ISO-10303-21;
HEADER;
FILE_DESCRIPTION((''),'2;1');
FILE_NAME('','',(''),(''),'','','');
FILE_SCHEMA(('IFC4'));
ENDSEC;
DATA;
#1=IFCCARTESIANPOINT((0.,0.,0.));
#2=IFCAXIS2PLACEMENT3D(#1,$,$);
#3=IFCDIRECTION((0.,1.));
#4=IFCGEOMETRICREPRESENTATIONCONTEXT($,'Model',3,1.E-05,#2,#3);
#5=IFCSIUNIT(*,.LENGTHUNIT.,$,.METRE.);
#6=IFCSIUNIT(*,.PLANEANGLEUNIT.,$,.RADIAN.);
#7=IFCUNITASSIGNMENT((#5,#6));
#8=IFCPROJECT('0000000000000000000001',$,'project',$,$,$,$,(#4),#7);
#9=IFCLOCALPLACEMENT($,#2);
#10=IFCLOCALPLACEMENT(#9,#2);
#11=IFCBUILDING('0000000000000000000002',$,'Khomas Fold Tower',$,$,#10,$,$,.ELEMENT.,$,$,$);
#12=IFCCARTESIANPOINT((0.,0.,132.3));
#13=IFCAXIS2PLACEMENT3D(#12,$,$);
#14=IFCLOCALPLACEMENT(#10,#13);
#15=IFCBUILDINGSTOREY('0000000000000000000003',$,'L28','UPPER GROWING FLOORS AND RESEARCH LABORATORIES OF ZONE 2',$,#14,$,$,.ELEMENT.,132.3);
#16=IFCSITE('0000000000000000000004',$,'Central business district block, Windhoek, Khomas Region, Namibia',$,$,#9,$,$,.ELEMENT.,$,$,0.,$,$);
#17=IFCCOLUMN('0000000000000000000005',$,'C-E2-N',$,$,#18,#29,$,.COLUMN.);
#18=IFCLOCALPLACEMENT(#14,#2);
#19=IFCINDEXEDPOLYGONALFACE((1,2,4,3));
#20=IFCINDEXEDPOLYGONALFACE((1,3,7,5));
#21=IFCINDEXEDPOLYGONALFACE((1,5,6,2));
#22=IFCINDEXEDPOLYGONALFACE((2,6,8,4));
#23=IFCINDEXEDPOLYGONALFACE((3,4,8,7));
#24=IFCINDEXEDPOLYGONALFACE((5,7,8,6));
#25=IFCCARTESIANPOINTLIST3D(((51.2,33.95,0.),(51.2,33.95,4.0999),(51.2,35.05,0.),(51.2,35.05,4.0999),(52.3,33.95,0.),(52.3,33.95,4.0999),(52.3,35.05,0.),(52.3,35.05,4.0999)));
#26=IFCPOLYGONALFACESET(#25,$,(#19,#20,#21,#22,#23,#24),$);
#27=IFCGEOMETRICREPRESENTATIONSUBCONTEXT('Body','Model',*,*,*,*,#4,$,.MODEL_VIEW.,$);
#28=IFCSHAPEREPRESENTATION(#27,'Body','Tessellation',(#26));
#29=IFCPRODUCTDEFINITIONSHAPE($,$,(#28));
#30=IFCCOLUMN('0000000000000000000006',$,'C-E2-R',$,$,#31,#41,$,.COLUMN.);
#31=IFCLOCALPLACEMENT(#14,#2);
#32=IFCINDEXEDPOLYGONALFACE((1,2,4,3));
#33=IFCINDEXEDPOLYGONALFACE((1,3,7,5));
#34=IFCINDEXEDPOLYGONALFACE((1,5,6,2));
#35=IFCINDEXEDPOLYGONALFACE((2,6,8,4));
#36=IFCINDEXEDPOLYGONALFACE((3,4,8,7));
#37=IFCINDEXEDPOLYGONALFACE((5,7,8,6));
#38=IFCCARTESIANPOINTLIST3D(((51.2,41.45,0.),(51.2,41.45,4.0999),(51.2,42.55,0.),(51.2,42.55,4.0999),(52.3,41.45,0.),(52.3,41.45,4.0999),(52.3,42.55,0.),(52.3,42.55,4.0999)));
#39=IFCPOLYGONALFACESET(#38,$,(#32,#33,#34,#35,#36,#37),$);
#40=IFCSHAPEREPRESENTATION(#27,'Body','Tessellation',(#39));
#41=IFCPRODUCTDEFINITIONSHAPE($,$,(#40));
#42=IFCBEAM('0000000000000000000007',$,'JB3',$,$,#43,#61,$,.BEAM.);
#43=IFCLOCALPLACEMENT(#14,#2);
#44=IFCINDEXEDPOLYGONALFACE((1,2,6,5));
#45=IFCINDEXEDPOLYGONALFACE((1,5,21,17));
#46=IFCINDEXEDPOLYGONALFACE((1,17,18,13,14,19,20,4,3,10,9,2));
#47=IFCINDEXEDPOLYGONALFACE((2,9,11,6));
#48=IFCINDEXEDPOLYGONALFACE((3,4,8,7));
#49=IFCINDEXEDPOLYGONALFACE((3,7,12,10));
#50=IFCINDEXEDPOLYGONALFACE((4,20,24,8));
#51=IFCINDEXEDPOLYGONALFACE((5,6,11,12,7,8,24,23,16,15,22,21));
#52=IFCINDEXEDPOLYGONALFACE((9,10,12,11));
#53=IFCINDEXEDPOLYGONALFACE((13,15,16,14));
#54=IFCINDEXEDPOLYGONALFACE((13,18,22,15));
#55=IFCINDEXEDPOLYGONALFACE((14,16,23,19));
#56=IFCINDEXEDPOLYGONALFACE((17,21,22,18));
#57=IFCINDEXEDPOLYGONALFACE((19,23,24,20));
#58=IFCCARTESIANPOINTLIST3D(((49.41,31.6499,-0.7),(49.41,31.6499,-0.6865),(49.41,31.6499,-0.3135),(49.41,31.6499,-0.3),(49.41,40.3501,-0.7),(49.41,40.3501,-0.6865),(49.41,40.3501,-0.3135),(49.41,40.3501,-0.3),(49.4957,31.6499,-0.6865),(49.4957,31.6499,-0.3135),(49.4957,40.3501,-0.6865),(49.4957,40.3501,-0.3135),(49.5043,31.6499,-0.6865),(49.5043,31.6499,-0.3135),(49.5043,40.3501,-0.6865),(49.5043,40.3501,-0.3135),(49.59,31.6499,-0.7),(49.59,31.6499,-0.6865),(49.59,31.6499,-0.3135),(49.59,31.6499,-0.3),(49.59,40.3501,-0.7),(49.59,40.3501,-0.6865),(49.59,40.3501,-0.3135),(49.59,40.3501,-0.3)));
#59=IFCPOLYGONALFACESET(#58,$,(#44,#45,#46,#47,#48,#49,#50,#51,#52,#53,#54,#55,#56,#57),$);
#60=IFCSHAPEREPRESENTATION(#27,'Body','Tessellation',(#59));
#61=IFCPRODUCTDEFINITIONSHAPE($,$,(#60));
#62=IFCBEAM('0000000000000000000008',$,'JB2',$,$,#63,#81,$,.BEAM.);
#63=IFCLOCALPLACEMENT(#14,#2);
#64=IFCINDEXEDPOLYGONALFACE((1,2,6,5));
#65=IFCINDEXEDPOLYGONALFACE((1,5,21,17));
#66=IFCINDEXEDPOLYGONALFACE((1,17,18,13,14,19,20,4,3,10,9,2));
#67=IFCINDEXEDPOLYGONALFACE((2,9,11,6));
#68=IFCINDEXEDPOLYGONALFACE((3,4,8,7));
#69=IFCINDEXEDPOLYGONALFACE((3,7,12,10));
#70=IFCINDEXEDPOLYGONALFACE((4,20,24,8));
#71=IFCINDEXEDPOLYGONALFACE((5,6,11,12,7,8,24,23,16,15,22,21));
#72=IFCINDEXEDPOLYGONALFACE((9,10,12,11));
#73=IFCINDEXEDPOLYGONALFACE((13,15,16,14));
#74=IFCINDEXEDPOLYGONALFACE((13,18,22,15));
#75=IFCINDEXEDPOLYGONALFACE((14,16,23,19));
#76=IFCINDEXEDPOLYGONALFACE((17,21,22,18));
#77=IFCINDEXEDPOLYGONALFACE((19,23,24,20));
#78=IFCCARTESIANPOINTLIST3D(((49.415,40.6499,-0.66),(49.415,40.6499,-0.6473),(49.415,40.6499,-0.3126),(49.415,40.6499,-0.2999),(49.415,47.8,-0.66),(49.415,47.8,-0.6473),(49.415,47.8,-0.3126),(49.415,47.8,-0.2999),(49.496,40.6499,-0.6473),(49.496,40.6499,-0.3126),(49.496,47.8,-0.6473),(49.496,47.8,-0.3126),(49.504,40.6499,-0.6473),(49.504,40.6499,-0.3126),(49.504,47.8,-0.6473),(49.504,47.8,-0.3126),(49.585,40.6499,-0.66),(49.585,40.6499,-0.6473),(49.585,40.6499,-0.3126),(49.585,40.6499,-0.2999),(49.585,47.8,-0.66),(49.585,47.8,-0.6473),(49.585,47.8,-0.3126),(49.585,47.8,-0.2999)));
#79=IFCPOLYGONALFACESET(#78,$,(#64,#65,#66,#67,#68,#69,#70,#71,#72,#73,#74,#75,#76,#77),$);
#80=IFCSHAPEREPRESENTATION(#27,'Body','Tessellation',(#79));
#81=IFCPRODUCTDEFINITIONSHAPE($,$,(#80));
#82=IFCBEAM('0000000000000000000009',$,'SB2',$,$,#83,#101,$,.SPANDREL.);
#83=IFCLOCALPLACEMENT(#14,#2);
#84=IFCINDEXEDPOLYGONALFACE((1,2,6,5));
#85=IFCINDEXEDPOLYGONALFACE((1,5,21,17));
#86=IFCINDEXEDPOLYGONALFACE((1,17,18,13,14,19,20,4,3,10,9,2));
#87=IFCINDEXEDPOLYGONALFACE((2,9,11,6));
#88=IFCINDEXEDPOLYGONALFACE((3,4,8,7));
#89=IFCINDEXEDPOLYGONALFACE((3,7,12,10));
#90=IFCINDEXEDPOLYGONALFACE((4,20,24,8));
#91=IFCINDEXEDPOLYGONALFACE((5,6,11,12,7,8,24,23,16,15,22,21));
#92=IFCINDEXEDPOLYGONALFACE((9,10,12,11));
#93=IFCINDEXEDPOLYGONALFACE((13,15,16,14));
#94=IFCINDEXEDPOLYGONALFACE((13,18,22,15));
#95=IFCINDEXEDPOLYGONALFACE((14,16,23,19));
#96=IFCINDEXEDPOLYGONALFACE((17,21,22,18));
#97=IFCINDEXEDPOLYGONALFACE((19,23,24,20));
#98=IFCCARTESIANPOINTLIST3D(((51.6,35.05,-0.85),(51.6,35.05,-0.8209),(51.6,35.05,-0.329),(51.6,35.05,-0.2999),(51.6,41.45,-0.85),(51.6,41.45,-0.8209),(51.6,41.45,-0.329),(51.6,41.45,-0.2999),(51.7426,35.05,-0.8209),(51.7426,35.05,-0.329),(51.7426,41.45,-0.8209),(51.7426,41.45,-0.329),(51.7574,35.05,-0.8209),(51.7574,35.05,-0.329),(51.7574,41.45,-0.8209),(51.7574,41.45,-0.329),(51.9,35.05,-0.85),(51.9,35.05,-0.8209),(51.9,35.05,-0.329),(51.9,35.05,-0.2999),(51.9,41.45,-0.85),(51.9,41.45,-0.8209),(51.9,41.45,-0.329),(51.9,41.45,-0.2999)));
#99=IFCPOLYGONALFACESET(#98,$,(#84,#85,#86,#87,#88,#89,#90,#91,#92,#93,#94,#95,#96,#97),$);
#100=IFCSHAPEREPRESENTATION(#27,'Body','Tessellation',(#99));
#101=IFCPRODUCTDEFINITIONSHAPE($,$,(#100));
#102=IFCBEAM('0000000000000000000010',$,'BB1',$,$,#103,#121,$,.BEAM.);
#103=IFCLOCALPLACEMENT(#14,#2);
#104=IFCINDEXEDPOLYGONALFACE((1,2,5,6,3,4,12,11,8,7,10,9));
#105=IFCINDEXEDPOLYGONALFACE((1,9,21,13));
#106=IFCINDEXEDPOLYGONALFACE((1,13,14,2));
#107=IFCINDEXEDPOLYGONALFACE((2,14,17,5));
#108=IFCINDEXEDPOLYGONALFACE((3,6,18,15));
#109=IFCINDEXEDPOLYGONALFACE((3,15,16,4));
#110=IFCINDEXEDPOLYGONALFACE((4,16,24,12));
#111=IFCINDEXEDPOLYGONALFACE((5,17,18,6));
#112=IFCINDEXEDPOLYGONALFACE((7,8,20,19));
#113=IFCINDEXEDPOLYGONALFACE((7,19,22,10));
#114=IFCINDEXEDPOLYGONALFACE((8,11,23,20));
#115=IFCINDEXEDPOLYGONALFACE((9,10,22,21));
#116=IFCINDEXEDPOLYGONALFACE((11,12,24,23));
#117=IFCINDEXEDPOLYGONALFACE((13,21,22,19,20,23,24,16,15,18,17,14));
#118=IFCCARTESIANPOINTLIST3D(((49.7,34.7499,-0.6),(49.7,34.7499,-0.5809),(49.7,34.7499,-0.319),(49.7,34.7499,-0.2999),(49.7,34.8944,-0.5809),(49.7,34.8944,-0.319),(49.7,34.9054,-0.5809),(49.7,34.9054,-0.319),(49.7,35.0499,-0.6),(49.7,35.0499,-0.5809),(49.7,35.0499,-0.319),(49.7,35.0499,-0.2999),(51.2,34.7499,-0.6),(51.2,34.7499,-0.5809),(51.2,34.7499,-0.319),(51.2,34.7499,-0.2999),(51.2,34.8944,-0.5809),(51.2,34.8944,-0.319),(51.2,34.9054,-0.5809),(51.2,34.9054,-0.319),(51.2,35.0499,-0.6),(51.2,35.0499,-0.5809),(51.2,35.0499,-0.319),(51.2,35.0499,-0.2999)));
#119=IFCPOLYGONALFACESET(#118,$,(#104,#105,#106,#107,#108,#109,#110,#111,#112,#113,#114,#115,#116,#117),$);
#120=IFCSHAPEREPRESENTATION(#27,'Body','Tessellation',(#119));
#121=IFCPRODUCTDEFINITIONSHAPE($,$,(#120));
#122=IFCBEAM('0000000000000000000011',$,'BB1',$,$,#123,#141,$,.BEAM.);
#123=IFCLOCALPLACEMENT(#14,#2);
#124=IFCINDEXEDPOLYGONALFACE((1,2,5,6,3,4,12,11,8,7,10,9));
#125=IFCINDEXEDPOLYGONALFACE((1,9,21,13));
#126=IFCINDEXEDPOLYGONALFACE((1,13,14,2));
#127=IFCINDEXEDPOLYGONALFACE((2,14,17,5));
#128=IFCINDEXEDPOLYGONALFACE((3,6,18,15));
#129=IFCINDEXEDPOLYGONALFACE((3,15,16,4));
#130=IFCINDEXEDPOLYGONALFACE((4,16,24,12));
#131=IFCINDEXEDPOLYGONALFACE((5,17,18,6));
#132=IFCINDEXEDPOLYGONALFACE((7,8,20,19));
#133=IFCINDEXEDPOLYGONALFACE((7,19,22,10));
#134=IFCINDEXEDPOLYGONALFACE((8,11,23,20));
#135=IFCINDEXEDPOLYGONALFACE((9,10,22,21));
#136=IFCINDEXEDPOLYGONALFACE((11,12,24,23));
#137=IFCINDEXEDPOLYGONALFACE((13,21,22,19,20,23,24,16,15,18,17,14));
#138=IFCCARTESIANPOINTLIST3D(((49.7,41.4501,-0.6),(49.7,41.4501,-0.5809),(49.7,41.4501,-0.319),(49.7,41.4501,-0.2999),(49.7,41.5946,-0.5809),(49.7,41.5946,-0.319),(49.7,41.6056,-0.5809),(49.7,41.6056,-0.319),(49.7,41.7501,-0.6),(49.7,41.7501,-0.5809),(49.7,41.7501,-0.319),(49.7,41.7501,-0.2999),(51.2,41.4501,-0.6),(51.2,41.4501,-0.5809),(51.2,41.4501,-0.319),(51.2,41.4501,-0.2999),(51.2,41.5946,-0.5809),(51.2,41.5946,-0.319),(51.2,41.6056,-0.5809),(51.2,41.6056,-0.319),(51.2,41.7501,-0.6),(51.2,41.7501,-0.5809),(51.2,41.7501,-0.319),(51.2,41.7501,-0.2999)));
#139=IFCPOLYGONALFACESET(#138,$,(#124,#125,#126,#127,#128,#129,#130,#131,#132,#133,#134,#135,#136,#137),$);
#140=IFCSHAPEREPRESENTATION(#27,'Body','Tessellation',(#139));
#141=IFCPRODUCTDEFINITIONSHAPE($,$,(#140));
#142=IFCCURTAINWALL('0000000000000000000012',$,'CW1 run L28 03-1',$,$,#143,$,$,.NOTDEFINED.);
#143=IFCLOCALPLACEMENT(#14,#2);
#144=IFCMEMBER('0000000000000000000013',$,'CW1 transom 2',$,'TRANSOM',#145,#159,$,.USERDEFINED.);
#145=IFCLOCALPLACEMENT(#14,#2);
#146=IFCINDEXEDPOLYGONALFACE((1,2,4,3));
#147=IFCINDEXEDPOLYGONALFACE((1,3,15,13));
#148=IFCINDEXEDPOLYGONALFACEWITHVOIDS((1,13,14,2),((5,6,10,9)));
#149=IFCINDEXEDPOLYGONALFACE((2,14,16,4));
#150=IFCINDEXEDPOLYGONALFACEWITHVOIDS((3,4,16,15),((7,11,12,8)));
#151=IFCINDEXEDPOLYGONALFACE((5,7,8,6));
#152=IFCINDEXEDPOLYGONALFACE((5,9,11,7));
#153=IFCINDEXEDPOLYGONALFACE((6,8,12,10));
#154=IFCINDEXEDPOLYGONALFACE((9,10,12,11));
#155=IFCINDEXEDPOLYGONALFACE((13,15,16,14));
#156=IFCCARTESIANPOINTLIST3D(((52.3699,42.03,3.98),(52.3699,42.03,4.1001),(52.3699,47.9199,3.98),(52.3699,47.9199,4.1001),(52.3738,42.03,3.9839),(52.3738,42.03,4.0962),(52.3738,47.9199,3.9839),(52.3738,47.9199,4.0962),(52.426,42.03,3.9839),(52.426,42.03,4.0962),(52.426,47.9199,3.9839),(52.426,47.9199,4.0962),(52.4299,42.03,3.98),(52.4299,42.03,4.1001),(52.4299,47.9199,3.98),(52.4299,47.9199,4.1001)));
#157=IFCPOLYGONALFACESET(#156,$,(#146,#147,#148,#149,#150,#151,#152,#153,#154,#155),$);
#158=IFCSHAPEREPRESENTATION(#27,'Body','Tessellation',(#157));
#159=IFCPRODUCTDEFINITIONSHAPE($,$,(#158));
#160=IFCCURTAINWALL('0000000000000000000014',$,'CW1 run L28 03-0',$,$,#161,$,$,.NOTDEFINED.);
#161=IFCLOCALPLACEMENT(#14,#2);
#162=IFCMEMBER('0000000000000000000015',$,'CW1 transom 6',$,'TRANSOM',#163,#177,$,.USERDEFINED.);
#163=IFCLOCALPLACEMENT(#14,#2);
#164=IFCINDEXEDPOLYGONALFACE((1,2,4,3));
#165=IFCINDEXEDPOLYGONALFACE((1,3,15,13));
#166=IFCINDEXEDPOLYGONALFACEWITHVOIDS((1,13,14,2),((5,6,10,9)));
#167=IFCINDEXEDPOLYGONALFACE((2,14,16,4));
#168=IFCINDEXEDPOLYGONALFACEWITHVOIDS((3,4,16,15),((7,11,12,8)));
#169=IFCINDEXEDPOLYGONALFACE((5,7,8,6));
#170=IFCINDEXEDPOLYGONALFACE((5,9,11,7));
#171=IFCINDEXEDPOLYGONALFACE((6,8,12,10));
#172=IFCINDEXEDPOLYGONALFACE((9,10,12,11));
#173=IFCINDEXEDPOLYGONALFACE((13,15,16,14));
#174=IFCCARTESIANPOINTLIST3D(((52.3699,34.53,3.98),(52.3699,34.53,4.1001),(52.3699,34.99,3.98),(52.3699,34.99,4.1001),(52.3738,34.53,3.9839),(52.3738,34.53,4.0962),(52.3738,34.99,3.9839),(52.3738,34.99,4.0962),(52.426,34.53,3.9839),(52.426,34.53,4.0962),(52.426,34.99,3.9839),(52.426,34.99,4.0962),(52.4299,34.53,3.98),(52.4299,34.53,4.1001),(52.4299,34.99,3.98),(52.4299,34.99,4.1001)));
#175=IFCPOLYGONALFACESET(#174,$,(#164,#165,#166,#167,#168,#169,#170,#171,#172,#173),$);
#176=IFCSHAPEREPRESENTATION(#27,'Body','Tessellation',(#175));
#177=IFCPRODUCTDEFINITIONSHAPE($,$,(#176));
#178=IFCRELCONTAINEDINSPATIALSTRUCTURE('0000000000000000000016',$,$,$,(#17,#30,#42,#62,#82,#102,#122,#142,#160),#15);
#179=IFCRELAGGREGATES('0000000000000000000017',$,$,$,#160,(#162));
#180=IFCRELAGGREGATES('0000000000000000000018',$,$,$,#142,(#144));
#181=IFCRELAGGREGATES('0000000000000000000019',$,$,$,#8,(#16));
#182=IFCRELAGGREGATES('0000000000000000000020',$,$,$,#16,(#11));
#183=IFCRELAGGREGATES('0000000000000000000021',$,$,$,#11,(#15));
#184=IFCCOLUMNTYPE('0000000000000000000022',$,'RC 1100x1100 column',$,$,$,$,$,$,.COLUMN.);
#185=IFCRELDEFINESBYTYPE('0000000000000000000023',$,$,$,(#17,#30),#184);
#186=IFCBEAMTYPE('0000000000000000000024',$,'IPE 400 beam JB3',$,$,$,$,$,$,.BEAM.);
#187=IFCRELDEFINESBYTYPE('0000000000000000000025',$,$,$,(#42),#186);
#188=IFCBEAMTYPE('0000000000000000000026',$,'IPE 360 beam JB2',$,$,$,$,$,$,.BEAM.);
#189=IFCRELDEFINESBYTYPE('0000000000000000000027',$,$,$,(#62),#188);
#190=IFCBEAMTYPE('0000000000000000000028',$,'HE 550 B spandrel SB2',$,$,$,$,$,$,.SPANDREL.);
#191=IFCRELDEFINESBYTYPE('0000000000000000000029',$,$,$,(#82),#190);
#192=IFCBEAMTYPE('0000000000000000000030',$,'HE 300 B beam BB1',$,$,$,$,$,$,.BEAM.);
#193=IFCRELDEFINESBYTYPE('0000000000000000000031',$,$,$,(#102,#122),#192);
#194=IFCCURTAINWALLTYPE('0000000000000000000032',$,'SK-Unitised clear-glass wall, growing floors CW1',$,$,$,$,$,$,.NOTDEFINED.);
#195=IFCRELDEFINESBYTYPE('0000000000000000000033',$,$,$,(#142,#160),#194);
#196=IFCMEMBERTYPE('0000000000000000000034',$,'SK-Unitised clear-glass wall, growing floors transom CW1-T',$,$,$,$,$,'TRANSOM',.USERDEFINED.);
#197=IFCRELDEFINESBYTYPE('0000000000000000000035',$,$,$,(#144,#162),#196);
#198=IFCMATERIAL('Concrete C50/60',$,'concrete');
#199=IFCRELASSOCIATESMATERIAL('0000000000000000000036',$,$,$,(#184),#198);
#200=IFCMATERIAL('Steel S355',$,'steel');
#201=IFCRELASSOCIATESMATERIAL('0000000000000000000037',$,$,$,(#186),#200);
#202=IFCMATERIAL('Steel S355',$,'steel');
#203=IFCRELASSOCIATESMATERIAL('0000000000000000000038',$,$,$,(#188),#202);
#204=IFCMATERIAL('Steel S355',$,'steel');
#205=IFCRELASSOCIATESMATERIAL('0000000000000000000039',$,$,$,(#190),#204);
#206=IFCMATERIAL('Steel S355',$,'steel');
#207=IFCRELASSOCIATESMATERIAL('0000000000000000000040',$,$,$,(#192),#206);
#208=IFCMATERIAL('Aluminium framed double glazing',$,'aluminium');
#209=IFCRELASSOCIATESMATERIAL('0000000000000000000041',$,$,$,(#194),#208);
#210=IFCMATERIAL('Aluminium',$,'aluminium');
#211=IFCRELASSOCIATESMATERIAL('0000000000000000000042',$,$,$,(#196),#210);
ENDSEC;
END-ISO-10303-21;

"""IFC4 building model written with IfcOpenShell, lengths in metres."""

from ifc_helpers import new_model, si_unit, direction, frame, origin, origin_2d, place, context, subcontext, project, spatial, rectangle, hollow_rectangle, i_section, extrude, source, transform, mapped, material, material_profile, profile_set, type_object, element, aggregate, save


model = new_model("IFC4")

# Units and contexts
model_context = context("Model", 3, precision=1e-05, world=origin(), true_north=direction((0.0, 1.0)))
body_context = subcontext(model_context, "Body", "Model", "MODEL_VIEW")
ifc_project = project(units=[si_unit("LENGTHUNIT", "METRE"), si_unit("PLANEANGLEUNIT", "RADIAN")], contexts=[model_context])

# Site, building, storey
site_placement = place(None, origin())
site = spatial("IfcSite", under=ifc_project, at=site_placement, Name="Central business district block, Windhoek, Khomas Region, Namibia", CompositionType="ELEMENT", RefElevation=0.0)
building_placement = place(site_placement, origin())
building = spatial("IfcBuilding", under=site, at=building_placement, Name="Khomas Fold Tower", CompositionType="ELEMENT")
storey_placement = place(building_placement, frame((0.0, 0.0, 132.3)))
storey = spatial("IfcBuildingStorey", under=building, at=storey_placement, Name="L28", Description="UPPER GROWING FLOORS AND RESEARCH LABORATORIES OF ZONE 2", CompositionType="ELEMENT", Elevation=132.3)

# Columns
ifc_material_1 = material(Name="Concrete C50/60", Category="concrete")
ifc_material_profile_1 = material_profile(ifc_material_1, rectangle(XDim=1.1001, YDim=1.1001, at=origin_2d()), Name="RC 1100x1100")
ifc_profile_set_1 = profile_set([ifc_material_profile_1], Name="Concrete C50/60")
column_type = type_object("IfcColumnType", Name="RC 1100x1100 column", PredefinedType="COLUMN", material=ifc_profile_set_1)
shared_shape_1 = source(origin(), body_context, "Body", "SweptSolid", [
    extrude(rectangle(XDim=1.1001, YDim=1.1001, at=origin_2d()), origin(), (0.0, 0.0, 1.0), 4.0999),
])
for number, where, z_axis, x_axis, name in (
    (1, (51.75, 34.5, 0.0), (0.0, 0.0, 1.0), (1.0, 0.0, 0.0), "C-E2-N"),
    (2, (51.75, 42.0, 0.0), (0.0, 0.0, 1.0), (1.0, 0.0, 0.0), "C-E2-R"),
):
    element("IfcColumn", number, at=place(storey_placement, frame(where, z_axis=z_axis, x_axis=x_axis)), inside=storey, type_object=column_type, Name=name, PredefinedType="COLUMN", context=body_context, shape_type="MappedRepresentation", body=[
        mapped(shared_shape_1, transform((0.0, 0.0, 0.0))),
    ])

# Beams
ifc_material_2 = material(Name="Steel S355", Category="steel")
ifc_material_profile_2 = material_profile(ifc_material_2, i_section(OverallWidth=0.1799, OverallDepth=0.3999, WebThickness=0.0085, FlangeThickness=0.0134, at=origin_2d()), Name="IPE 400")
ifc_profile_set_2 = profile_set([ifc_material_profile_2], Name="Steel S355")
beam_type_1 = type_object("IfcBeamType", Name="IPE 400 beam JB3", PredefinedType="BEAM", material=ifc_profile_set_2)
shared_shape_2 = source(origin(), body_context, "Body", "SweptSolid", [
    extrude(i_section(OverallWidth=0.1799, OverallDepth=0.3999, WebThickness=0.0085, FlangeThickness=0.0134, at=origin_2d()), origin(), (0.0, 0.0, 1.0), 8.7002),
])
beam_1_placement = place(storey_placement, frame((49.5, 31.6499, -0.5), z_axis=(0.0, 1.0, 0.0), x_axis=(-1.0, 0.0, 0.0)))
element("IfcBeam", 3, at=beam_1_placement, inside=storey, type_object=beam_type_1, Name="JB3", PredefinedType="BEAM", context=body_context, shape_type="MappedRepresentation", body=[
    mapped(shared_shape_2, transform((0.0, 0.0, 0.0))),
])
ifc_material_3 = material(Name="Steel S355", Category="steel")
ifc_material_profile_3 = material_profile(ifc_material_3, i_section(OverallWidth=0.1699, OverallDepth=0.3601, WebThickness=0.0081, FlangeThickness=0.0127, at=origin_2d()), Name="IPE 360")
ifc_profile_set_3 = profile_set([ifc_material_profile_3], Name="Steel S355")
beam_type_2 = type_object("IfcBeamType", Name="IPE 360 beam JB2", PredefinedType="BEAM", material=ifc_profile_set_3)
shared_shape_3 = source(origin(), body_context, "Body", "SweptSolid", [
    extrude(i_section(OverallWidth=0.1699, OverallDepth=0.3601, WebThickness=0.0081, FlangeThickness=0.0127, at=origin_2d()), origin(), (0.0, 0.0, 1.0), 7.1501),
])
beam_2_placement = place(storey_placement, frame((49.5, 40.6499, -0.48), z_axis=(0.0, 1.0, 0.0), x_axis=(-1.0, 0.0, 0.0)))
element("IfcBeam", 4, at=beam_2_placement, inside=storey, type_object=beam_type_2, Name="JB2", PredefinedType="BEAM", context=body_context, shape_type="MappedRepresentation", body=[
    mapped(shared_shape_3, transform((0.0, 0.0, 0.0))),
])
ifc_material_4 = material(Name="Steel S355", Category="steel")
ifc_material_profile_4 = material_profile(ifc_material_4, i_section(OverallWidth=0.3, OverallDepth=0.55, WebThickness=0.0149, FlangeThickness=0.0291, at=origin_2d()), Name="HE 550 B")
ifc_profile_set_4 = profile_set([ifc_material_profile_4], Name="Steel S355")
beam_type_3 = type_object("IfcBeamType", Name="HE 550 B spandrel SB2", PredefinedType="SPANDREL", material=ifc_profile_set_4)
shared_shape_4 = source(origin(), body_context, "Body", "SweptSolid", [
    extrude(i_section(OverallWidth=0.3, OverallDepth=0.55, WebThickness=0.0149, FlangeThickness=0.0291, at=origin_2d()), origin(), (0.0, 0.0, 1.0), 6.3999),
])
beam_3_placement = place(storey_placement, frame((51.75, 35.05, -0.575), z_axis=(0.0, 1.0, 0.0), x_axis=(-1.0, 0.0, 0.0)))
element("IfcBeam", 5, at=beam_3_placement, inside=storey, type_object=beam_type_3, Name="SB2", PredefinedType="SPANDREL", context=body_context, shape_type="MappedRepresentation", body=[
    mapped(shared_shape_4, transform((0.0, 0.0, 0.0))),
])
ifc_material_5 = material(Name="Steel S355", Category="steel")
ifc_material_profile_5 = material_profile(ifc_material_5, i_section(OverallWidth=0.3, OverallDepth=0.3, WebThickness=0.011, FlangeThickness=0.019, at=origin_2d()), Name="HE 300 B")
ifc_profile_set_5 = profile_set([ifc_material_profile_5], Name="Steel S355")
beam_type_4 = type_object("IfcBeamType", Name="HE 300 B beam BB1", PredefinedType="BEAM", material=ifc_profile_set_5)
shared_shape_5 = source(origin(), body_context, "Body", "SweptSolid", [
    extrude(i_section(OverallWidth=0.3, OverallDepth=0.3, WebThickness=0.011, FlangeThickness=0.019, at=origin_2d()), origin(), (0.0, 0.0, 1.0), 1.5),
])
for number, where, z_axis, x_axis, name in (
    (6, (49.7, 34.8999, -0.45), (1.0, 0.0, 0.0), (0.0, 1.0, 0.0), "BB1"),
    (7, (49.7, 41.6001, -0.45), (1.0, 0.0, 0.0), (0.0, 1.0, 0.0), "BB1"),
):
    element("IfcBeam", number, at=place(storey_placement, frame(where, z_axis=z_axis, x_axis=x_axis)), inside=storey, type_object=beam_type_4, Name=name, PredefinedType="BEAM", context=body_context, shape_type="MappedRepresentation", body=[
        mapped(shared_shape_5, transform((0.0, 0.0, 0.0))),
    ])

# Curtain walls, members
ifc_material_6 = material(Name="Aluminium framed double glazing", Category="aluminium")
curtain_wall_type = type_object("IfcCurtainWallType", Name="SK-Unitised clear-glass wall, growing floors CW1", PredefinedType="NOTDEFINED", material=ifc_material_6)
curtain_wall_1_placement = place(storey_placement, origin())
curtain_wall_1 = element("IfcCurtainWall", 8, at=curtain_wall_1_placement, inside=storey, type_object=curtain_wall_type, Name="CW1 run L28 03-1", PredefinedType="NOTDEFINED")
ifc_material_7 = material(Name="Aluminium", Category="aluminium")
ifc_material_profile_6 = material_profile(ifc_material_7, hollow_rectangle(XDim=0.0601, YDim=0.1201, WallThickness=0.0039, at=origin_2d()), Name="SK-Unitised clear-glass wall, growing floors transom CW1-T")
ifc_profile_set_6 = profile_set([ifc_material_profile_6], Name="Aluminium")
member_type_1 = type_object("IfcMemberType", Name="SK-Unitised clear-glass wall, growing floors transom CW1-T", ElementType="TRANSOM", PredefinedType="USERDEFINED", material=ifc_profile_set_6)
shared_shape_6 = source(origin(), body_context, "Body", "SweptSolid", [
    extrude(hollow_rectangle(XDim=0.0601, YDim=0.1201, WallThickness=0.0039, at=origin_2d()), origin(), (0.0, 0.0, 1.0), 5.8899),
])
member_1_placement = place(storey_placement, frame((52.3999, 42.03, 4.04), z_axis=(0.0, 1.0, 0.0), x_axis=(-1.0, 0.0, 0.0)))
member_1 = element("IfcMember", 9, at=member_1_placement, type_object=member_type_1, Name="CW1 transom 2", ObjectType="TRANSOM", PredefinedType="USERDEFINED", context=body_context, shape_type="MappedRepresentation", body=[
    mapped(shared_shape_6, transform((0.0, 0.0, 0.0))),
])
curtain_wall_2_placement = place(storey_placement, origin())
curtain_wall_2 = element("IfcCurtainWall", 10, at=curtain_wall_2_placement, inside=storey, type_object=curtain_wall_type, Name="CW1 run L28 03-0", PredefinedType="NOTDEFINED")
shared_shape_7 = source(origin(), body_context, "Body", "SweptSolid", [
    extrude(hollow_rectangle(XDim=0.0601, YDim=0.1201, WallThickness=0.0039, at=origin_2d()), origin(), (0.0, 0.0, 1.0), 0.46),
])
member_2_placement = place(storey_placement, frame((52.3999, 34.53, 4.04), z_axis=(0.0, 1.0, 0.0), x_axis=(-1.0, 0.0, 0.0)))
member_2 = element("IfcMember", 11, at=member_2_placement, type_object=member_type_1, Name="CW1 transom 6", ObjectType="TRANSOM", PredefinedType="USERDEFINED", context=body_context, shape_type="MappedRepresentation", body=[
    mapped(shared_shape_7, transform((0.0, 0.0, 0.0))),
])

aggregate(curtain_wall_2, [member_2])
aggregate(curtain_wall_1, [member_1])

save(model, "model.ifc")
